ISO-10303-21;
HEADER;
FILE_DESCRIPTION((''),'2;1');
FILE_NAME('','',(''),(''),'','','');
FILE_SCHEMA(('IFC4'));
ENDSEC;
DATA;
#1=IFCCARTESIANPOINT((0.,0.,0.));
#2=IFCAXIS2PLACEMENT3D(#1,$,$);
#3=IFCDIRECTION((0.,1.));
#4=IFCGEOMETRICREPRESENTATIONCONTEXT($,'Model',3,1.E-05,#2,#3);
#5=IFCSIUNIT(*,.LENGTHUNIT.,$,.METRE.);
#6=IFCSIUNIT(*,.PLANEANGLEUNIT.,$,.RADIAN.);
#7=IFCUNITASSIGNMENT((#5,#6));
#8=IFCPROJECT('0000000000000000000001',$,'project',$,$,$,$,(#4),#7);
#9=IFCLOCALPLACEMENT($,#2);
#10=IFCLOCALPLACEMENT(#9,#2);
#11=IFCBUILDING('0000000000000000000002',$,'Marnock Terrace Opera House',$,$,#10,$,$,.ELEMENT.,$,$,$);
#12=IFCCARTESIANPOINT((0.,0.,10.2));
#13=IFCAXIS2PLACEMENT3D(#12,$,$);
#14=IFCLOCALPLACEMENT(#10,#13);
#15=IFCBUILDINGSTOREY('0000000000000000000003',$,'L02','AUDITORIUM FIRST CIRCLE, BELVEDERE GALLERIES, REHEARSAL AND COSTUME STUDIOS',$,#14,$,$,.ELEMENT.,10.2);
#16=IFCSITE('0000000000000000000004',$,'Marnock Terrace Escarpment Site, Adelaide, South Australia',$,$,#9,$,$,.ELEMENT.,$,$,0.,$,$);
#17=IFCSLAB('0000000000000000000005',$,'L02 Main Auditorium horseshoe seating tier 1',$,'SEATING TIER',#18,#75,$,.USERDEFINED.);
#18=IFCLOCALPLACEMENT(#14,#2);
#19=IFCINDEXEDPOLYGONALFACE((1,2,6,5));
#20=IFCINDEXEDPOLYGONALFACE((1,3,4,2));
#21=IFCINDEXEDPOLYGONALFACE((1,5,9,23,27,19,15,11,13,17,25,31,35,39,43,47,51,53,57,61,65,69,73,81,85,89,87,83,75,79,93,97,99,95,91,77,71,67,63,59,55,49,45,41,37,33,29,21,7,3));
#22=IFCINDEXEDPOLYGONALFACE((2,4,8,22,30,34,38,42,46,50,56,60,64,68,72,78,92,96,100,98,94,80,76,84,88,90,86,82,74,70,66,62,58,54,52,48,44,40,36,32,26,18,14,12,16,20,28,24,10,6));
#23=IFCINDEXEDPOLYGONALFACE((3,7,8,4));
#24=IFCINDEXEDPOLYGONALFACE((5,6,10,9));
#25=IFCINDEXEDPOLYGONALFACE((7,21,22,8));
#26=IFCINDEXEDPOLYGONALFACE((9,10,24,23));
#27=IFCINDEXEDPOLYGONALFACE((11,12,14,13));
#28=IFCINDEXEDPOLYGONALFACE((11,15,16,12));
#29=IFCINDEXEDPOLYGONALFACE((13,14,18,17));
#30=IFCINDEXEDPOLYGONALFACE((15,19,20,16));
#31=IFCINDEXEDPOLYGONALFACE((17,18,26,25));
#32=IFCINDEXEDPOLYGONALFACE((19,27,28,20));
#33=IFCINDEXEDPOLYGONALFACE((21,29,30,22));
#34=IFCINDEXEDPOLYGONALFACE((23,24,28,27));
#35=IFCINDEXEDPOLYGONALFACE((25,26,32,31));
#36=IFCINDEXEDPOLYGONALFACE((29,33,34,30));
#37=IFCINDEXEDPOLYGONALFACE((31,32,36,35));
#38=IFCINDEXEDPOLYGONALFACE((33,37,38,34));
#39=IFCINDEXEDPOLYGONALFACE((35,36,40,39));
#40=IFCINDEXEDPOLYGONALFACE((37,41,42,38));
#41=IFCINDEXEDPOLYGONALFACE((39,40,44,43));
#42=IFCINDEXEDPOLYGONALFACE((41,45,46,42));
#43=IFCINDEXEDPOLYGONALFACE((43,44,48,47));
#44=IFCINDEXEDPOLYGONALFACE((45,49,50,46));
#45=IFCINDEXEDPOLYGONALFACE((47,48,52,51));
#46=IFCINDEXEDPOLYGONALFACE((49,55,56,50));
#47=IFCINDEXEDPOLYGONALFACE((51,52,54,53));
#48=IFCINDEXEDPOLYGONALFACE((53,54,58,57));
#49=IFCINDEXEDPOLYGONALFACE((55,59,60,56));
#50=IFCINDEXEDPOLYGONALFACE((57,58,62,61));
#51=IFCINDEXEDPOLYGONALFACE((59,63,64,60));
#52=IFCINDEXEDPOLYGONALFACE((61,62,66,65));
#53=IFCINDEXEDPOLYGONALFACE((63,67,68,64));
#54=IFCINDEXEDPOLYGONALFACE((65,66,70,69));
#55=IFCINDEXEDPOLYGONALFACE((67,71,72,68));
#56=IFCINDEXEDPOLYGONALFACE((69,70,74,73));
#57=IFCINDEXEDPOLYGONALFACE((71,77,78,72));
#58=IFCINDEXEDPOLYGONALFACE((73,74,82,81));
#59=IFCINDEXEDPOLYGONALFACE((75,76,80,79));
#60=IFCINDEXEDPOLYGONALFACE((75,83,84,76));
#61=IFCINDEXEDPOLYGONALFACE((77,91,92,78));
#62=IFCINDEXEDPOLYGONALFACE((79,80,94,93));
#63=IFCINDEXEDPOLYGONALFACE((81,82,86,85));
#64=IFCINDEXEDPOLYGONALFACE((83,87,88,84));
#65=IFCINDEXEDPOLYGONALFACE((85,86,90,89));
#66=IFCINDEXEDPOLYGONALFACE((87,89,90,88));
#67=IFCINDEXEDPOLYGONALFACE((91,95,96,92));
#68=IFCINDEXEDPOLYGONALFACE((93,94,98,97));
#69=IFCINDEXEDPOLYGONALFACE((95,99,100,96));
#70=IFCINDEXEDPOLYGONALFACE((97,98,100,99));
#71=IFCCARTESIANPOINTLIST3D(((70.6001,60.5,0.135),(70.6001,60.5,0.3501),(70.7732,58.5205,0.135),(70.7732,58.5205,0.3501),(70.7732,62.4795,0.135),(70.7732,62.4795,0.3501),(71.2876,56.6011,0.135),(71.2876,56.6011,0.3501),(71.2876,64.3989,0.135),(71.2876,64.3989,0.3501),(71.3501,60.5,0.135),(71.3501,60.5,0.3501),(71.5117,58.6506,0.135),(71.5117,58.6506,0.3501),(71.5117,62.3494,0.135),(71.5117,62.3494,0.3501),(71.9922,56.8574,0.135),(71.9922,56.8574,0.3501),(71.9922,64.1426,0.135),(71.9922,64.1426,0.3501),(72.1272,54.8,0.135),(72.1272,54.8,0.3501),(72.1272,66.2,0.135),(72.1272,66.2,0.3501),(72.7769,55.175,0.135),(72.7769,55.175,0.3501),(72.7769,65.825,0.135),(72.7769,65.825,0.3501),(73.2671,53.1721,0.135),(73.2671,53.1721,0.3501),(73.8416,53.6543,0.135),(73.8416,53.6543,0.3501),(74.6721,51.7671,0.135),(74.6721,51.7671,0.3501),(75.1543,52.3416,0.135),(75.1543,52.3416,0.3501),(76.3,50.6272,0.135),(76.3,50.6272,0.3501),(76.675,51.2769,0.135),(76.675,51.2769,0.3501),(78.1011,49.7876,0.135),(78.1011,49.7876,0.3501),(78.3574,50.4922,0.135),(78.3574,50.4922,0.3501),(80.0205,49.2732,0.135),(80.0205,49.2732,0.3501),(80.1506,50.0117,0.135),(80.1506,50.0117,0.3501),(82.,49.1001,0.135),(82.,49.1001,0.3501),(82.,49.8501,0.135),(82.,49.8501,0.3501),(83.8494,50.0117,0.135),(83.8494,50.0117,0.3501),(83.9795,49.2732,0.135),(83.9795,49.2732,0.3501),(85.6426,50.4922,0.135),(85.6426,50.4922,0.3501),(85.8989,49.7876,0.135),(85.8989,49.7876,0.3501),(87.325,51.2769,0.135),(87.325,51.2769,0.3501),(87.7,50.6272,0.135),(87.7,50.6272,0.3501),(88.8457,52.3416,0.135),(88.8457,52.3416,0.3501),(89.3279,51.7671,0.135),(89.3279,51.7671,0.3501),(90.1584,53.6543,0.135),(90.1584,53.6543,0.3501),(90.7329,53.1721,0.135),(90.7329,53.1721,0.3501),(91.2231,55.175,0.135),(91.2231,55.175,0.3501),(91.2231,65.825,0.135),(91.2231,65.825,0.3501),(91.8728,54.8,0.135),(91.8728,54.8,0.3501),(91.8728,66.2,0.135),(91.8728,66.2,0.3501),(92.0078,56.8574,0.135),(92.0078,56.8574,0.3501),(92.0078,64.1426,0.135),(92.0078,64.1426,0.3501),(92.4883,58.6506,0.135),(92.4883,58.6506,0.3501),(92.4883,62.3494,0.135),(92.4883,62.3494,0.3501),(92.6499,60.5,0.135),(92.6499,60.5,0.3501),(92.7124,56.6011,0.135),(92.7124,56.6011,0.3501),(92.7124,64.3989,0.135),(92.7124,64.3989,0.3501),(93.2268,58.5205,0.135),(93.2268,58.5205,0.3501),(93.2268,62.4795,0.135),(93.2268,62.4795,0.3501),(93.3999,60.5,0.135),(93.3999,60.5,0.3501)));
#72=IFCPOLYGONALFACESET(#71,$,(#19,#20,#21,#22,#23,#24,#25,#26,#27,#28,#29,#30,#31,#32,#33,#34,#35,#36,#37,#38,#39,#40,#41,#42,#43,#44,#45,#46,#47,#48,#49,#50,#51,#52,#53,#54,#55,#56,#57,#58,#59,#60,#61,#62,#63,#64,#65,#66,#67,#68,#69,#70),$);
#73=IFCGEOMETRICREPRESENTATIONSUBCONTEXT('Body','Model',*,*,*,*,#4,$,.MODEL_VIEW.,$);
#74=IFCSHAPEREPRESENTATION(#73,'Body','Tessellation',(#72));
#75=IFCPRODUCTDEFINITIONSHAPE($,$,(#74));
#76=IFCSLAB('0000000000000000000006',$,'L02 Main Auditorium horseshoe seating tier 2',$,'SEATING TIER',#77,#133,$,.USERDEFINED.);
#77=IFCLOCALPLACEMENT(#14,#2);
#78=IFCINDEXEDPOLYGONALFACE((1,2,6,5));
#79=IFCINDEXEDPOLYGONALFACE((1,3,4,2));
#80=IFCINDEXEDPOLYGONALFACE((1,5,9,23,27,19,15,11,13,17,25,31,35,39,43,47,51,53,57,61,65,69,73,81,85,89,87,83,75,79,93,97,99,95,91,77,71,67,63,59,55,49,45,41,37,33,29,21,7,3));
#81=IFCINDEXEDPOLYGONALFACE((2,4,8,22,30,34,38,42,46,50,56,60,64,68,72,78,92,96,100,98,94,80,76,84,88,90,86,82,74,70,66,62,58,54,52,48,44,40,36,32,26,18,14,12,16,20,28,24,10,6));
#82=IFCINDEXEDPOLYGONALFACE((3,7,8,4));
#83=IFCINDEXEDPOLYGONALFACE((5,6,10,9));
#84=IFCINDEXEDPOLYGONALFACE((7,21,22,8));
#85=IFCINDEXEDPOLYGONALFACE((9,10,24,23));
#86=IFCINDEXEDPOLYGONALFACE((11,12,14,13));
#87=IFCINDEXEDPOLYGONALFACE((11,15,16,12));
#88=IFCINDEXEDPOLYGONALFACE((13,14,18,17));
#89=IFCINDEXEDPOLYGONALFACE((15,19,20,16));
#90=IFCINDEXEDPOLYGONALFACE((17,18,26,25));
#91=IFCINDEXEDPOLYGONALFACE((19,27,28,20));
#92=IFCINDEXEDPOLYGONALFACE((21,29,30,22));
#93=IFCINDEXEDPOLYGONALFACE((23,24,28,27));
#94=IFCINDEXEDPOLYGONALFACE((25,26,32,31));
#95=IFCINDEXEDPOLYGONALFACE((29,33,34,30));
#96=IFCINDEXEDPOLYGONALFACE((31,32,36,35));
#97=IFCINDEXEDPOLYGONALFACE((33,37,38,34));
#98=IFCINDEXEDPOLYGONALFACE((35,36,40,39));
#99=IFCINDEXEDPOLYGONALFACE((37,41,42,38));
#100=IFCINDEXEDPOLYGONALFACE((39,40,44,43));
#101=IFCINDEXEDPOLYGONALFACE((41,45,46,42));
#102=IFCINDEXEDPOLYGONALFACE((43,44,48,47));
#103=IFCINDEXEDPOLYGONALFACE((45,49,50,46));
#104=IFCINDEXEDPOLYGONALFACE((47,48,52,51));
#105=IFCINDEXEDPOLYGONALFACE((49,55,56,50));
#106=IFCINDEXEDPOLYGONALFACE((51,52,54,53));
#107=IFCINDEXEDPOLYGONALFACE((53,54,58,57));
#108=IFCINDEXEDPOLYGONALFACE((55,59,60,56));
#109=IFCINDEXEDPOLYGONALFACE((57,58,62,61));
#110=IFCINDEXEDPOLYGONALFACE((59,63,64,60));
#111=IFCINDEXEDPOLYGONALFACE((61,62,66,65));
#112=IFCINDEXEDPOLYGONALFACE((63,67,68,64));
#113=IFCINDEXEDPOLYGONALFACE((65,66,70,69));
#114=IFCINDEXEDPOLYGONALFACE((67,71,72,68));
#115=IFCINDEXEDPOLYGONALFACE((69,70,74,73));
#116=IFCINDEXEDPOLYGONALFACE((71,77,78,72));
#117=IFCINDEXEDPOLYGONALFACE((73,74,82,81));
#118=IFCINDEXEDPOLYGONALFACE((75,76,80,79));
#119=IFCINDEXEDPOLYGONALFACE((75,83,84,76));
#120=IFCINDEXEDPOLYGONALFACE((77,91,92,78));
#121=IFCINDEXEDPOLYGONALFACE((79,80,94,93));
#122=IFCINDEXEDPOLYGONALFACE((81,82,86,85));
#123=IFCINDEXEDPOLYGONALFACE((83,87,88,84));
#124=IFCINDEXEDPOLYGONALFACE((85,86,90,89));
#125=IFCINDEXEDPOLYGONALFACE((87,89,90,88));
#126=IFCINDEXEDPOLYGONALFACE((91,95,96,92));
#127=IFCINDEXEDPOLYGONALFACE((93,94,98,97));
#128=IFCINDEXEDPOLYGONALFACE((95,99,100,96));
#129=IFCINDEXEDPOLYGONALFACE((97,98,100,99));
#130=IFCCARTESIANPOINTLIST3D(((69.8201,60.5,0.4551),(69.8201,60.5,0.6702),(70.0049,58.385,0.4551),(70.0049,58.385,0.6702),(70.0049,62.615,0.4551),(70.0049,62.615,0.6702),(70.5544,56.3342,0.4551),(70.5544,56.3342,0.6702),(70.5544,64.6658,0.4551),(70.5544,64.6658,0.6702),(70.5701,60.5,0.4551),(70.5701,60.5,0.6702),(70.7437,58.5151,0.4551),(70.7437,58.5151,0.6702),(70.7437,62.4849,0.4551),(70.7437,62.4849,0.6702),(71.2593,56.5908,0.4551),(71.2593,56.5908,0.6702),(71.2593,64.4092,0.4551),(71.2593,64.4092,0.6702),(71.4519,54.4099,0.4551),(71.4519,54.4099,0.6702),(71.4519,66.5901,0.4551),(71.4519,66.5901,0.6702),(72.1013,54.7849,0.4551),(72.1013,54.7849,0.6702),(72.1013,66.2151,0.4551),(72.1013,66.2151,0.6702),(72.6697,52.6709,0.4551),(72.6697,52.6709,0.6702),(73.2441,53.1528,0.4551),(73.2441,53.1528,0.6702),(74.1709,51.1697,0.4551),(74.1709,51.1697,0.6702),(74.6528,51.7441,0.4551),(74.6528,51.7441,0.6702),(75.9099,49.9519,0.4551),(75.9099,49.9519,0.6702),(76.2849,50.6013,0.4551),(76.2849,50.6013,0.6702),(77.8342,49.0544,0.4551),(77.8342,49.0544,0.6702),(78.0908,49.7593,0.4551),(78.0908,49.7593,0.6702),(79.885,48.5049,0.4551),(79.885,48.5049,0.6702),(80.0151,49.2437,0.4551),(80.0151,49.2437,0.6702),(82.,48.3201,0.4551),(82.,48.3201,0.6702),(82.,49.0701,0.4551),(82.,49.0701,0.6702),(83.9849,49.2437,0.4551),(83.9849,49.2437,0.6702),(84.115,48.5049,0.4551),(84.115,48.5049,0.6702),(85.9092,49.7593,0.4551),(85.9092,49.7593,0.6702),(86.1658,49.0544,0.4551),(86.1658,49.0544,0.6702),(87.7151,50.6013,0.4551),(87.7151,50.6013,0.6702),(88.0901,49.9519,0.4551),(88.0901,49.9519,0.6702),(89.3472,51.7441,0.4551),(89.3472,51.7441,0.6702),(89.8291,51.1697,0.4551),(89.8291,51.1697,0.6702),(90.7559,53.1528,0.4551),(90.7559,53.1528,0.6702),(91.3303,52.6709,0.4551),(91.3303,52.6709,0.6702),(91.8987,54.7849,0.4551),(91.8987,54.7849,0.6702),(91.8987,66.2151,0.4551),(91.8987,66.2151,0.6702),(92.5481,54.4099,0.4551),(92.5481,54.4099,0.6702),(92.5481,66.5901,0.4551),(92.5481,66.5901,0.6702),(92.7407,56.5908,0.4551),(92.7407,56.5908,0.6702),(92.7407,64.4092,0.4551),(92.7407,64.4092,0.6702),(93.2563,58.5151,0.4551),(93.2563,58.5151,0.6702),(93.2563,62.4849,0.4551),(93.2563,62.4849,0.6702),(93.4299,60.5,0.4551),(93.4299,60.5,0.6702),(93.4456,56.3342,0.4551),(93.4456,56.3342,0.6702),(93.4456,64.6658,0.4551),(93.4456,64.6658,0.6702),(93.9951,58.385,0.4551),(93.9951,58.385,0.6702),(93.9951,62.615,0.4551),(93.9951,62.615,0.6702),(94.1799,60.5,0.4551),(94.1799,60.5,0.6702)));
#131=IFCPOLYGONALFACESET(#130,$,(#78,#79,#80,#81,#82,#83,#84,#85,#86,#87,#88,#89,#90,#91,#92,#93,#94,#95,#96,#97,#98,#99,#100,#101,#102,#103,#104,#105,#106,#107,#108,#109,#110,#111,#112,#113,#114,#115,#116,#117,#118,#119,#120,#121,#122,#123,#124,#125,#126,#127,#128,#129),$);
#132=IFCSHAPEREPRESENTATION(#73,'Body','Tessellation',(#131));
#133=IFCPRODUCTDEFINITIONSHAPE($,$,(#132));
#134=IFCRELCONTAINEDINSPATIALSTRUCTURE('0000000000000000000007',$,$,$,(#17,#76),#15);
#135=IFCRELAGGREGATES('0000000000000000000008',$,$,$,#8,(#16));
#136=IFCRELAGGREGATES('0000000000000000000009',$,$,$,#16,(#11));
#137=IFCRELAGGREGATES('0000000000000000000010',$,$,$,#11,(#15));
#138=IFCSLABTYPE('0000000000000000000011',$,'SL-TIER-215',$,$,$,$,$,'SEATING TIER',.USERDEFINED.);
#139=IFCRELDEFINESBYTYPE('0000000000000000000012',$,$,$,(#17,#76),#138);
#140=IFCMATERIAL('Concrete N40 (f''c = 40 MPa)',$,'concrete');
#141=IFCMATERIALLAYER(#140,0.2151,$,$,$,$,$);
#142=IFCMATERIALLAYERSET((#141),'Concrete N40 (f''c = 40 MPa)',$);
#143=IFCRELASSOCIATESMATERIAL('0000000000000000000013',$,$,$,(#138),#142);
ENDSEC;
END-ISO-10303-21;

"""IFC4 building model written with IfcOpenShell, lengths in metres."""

from ifc_helpers import new_model, si_unit, direction, frame, origin, place, context, subcontext, project, spatial, polyline, outline, extrude, material, layer, layer_set, type_object, element, save


model = new_model("IFC4")

# Units and contexts
model_context = context("Model", 3, precision=1e-05, world=origin(), true_north=direction((0.0, 1.0)))
body_context = subcontext(model_context, "Body", "Model", "MODEL_VIEW")
ifc_project = project(units=[si_unit("LENGTHUNIT", "METRE"), si_unit("PLANEANGLEUNIT", "RADIAN")], contexts=[model_context])

# Site, building, storey
site_placement = place(None, origin())
site = spatial("IfcSite", under=ifc_project, at=site_placement, Name="Marnock Terrace Escarpment Site, Adelaide, South Australia", CompositionType="ELEMENT", RefElevation=0.0)
building_placement = place(site_placement, origin())
building = spatial("IfcBuilding", under=site, at=building_placement, Name="Marnock Terrace Opera House", CompositionType="ELEMENT")
storey_placement = place(building_placement, frame((0.0, 0.0, 10.2)))
storey = spatial("IfcBuildingStorey", under=building, at=storey_placement, Name="L02", Description="AUDITORIUM FIRST CIRCLE, BELVEDERE GALLERIES, REHEARSAL AND COSTUME STUDIOS", CompositionType="ELEMENT", Elevation=10.2)

# Shared definitions
ifc_material_1 = material(Name="Concrete N40 (f'c = 40 MPa)", Category="concrete")

# Slabs
ifc_layer_1 = layer(ifc_material_1, 0.2151)
ifc_layer_set_1 = layer_set([ifc_layer_1], Name="Concrete N40 (f'c = 40 MPa)")
slab_type_1 = type_object("IfcSlabType", Name="SL-TIER-215", ElementType="SEATING TIER", PredefinedType="USERDEFINED", material=ifc_layer_set_1)
slab_1_placement = place(storey_placement, frame((0.0, 0.0, 0.135)))
element("IfcSlab", 1, at=slab_1_placement, inside=storey, type_object=slab_type_1, Name="L02 Main Auditorium horseshoe seating tier 1", ObjectType="SEATING TIER", PredefinedType="USERDEFINED", context=body_context, shape_type="SweptSolid", body=[
    extrude(outline(polyline([(72.1272, 66.2), (71.2876, 64.3989), (70.7732, 62.4795), (70.6001, 60.5), (70.7732, 58.5205), (71.2876, 56.6011), (72.1272, 54.8), (73.2671, 53.1721), (74.6721, 51.7671), (76.3, 50.6272), (78.1011, 49.7876), (80.0205, 49.2732), (82.0, 49.1001), (83.9795, 49.2732), (85.8989, 49.7876), (87.7, 50.6272), (89.3279, 51.7671), (90.7329, 53.1721), (91.8728, 54.8), (92.7124, 56.6011), (93.2268, 58.5205), (93.3999, 60.5), (93.2268, 62.4795), (92.7124, 64.3989), (91.8728, 66.2), (91.2231, 65.825), (92.0078, 64.1426), (92.4883, 62.3494), (92.6499, 60.5), (92.4883, 58.6506), (92.0078, 56.8574), (91.2231, 55.175), (90.1584, 53.6543), (88.8457, 52.3416), (87.325, 51.2769), (85.6426, 50.4922), (83.8494, 50.0117), (82.0, 49.8501), (80.1506, 50.0117), (78.3574, 50.4922), (76.675, 51.2769), (75.1543, 52.3416), (73.8416, 53.6543), (72.7769, 55.175), (71.9922, 56.8574), (71.5117, 58.6506), (71.3501, 60.5), (71.5117, 62.3494), (71.9922, 64.1426), (72.7769, 65.825), (72.1272, 66.2)])), origin(), (0.0, 0.0, 1.0), 0.2151),
])
slab_2_placement = place(storey_placement, frame((0.0, 0.0, 0.4551)))
element("IfcSlab", 2, at=slab_2_placement, inside=storey, type_object=slab_type_1, Name="L02 Main Auditorium horseshoe seating tier 2", ObjectType="SEATING TIER", PredefinedType="USERDEFINED", context=body_context, shape_type="SweptSolid", body=[
    extrude(outline(polyline([(71.4519, 66.5901), (70.5544, 64.6658), (70.0049, 62.615), (69.8201, 60.5), (70.0049, 58.385), (70.5544, 56.3342), (71.4519, 54.4099), (72.6697, 52.6709), (74.1709, 51.1697), (75.9099, 49.9519), (77.8342, 49.0544), (79.885, 48.5049), (82.0, 48.3201), (84.115, 48.5049), (86.1658, 49.0544), (88.0901, 49.9519), (89.8291, 51.1697), (91.3303, 52.6709), (92.5481, 54.4099), (93.4456, 56.3342), (93.9951, 58.385), (94.1799, 60.5), (93.9951, 62.615), (93.4456, 64.6658), (92.5481, 66.5901), (91.8987, 66.2151), (92.7407, 64.4092), (93.2563, 62.4849), (93.4299, 60.5), (93.2563, 58.5151), (92.7407, 56.5908), (91.8987, 54.7849), (90.7559, 53.1528), (89.3472, 51.7441), (87.7151, 50.6013), (85.9092, 49.7593), (83.9849, 49.2437), (82.0, 49.0701), (80.0151, 49.2437), (78.0908, 49.7593), (76.2849, 50.6013), (74.6528, 51.7441), (73.2441, 53.1528), (72.1013, 54.7849), (71.2593, 56.5908), (70.7437, 58.5151), (70.5701, 60.5), (70.7437, 62.4849), (71.2593, 64.4092), (72.1013, 66.2151), (71.4519, 66.5901)])), origin(), (0.0, 0.0, 1.0), 0.2151),
])

save(model, "model.ifc")
